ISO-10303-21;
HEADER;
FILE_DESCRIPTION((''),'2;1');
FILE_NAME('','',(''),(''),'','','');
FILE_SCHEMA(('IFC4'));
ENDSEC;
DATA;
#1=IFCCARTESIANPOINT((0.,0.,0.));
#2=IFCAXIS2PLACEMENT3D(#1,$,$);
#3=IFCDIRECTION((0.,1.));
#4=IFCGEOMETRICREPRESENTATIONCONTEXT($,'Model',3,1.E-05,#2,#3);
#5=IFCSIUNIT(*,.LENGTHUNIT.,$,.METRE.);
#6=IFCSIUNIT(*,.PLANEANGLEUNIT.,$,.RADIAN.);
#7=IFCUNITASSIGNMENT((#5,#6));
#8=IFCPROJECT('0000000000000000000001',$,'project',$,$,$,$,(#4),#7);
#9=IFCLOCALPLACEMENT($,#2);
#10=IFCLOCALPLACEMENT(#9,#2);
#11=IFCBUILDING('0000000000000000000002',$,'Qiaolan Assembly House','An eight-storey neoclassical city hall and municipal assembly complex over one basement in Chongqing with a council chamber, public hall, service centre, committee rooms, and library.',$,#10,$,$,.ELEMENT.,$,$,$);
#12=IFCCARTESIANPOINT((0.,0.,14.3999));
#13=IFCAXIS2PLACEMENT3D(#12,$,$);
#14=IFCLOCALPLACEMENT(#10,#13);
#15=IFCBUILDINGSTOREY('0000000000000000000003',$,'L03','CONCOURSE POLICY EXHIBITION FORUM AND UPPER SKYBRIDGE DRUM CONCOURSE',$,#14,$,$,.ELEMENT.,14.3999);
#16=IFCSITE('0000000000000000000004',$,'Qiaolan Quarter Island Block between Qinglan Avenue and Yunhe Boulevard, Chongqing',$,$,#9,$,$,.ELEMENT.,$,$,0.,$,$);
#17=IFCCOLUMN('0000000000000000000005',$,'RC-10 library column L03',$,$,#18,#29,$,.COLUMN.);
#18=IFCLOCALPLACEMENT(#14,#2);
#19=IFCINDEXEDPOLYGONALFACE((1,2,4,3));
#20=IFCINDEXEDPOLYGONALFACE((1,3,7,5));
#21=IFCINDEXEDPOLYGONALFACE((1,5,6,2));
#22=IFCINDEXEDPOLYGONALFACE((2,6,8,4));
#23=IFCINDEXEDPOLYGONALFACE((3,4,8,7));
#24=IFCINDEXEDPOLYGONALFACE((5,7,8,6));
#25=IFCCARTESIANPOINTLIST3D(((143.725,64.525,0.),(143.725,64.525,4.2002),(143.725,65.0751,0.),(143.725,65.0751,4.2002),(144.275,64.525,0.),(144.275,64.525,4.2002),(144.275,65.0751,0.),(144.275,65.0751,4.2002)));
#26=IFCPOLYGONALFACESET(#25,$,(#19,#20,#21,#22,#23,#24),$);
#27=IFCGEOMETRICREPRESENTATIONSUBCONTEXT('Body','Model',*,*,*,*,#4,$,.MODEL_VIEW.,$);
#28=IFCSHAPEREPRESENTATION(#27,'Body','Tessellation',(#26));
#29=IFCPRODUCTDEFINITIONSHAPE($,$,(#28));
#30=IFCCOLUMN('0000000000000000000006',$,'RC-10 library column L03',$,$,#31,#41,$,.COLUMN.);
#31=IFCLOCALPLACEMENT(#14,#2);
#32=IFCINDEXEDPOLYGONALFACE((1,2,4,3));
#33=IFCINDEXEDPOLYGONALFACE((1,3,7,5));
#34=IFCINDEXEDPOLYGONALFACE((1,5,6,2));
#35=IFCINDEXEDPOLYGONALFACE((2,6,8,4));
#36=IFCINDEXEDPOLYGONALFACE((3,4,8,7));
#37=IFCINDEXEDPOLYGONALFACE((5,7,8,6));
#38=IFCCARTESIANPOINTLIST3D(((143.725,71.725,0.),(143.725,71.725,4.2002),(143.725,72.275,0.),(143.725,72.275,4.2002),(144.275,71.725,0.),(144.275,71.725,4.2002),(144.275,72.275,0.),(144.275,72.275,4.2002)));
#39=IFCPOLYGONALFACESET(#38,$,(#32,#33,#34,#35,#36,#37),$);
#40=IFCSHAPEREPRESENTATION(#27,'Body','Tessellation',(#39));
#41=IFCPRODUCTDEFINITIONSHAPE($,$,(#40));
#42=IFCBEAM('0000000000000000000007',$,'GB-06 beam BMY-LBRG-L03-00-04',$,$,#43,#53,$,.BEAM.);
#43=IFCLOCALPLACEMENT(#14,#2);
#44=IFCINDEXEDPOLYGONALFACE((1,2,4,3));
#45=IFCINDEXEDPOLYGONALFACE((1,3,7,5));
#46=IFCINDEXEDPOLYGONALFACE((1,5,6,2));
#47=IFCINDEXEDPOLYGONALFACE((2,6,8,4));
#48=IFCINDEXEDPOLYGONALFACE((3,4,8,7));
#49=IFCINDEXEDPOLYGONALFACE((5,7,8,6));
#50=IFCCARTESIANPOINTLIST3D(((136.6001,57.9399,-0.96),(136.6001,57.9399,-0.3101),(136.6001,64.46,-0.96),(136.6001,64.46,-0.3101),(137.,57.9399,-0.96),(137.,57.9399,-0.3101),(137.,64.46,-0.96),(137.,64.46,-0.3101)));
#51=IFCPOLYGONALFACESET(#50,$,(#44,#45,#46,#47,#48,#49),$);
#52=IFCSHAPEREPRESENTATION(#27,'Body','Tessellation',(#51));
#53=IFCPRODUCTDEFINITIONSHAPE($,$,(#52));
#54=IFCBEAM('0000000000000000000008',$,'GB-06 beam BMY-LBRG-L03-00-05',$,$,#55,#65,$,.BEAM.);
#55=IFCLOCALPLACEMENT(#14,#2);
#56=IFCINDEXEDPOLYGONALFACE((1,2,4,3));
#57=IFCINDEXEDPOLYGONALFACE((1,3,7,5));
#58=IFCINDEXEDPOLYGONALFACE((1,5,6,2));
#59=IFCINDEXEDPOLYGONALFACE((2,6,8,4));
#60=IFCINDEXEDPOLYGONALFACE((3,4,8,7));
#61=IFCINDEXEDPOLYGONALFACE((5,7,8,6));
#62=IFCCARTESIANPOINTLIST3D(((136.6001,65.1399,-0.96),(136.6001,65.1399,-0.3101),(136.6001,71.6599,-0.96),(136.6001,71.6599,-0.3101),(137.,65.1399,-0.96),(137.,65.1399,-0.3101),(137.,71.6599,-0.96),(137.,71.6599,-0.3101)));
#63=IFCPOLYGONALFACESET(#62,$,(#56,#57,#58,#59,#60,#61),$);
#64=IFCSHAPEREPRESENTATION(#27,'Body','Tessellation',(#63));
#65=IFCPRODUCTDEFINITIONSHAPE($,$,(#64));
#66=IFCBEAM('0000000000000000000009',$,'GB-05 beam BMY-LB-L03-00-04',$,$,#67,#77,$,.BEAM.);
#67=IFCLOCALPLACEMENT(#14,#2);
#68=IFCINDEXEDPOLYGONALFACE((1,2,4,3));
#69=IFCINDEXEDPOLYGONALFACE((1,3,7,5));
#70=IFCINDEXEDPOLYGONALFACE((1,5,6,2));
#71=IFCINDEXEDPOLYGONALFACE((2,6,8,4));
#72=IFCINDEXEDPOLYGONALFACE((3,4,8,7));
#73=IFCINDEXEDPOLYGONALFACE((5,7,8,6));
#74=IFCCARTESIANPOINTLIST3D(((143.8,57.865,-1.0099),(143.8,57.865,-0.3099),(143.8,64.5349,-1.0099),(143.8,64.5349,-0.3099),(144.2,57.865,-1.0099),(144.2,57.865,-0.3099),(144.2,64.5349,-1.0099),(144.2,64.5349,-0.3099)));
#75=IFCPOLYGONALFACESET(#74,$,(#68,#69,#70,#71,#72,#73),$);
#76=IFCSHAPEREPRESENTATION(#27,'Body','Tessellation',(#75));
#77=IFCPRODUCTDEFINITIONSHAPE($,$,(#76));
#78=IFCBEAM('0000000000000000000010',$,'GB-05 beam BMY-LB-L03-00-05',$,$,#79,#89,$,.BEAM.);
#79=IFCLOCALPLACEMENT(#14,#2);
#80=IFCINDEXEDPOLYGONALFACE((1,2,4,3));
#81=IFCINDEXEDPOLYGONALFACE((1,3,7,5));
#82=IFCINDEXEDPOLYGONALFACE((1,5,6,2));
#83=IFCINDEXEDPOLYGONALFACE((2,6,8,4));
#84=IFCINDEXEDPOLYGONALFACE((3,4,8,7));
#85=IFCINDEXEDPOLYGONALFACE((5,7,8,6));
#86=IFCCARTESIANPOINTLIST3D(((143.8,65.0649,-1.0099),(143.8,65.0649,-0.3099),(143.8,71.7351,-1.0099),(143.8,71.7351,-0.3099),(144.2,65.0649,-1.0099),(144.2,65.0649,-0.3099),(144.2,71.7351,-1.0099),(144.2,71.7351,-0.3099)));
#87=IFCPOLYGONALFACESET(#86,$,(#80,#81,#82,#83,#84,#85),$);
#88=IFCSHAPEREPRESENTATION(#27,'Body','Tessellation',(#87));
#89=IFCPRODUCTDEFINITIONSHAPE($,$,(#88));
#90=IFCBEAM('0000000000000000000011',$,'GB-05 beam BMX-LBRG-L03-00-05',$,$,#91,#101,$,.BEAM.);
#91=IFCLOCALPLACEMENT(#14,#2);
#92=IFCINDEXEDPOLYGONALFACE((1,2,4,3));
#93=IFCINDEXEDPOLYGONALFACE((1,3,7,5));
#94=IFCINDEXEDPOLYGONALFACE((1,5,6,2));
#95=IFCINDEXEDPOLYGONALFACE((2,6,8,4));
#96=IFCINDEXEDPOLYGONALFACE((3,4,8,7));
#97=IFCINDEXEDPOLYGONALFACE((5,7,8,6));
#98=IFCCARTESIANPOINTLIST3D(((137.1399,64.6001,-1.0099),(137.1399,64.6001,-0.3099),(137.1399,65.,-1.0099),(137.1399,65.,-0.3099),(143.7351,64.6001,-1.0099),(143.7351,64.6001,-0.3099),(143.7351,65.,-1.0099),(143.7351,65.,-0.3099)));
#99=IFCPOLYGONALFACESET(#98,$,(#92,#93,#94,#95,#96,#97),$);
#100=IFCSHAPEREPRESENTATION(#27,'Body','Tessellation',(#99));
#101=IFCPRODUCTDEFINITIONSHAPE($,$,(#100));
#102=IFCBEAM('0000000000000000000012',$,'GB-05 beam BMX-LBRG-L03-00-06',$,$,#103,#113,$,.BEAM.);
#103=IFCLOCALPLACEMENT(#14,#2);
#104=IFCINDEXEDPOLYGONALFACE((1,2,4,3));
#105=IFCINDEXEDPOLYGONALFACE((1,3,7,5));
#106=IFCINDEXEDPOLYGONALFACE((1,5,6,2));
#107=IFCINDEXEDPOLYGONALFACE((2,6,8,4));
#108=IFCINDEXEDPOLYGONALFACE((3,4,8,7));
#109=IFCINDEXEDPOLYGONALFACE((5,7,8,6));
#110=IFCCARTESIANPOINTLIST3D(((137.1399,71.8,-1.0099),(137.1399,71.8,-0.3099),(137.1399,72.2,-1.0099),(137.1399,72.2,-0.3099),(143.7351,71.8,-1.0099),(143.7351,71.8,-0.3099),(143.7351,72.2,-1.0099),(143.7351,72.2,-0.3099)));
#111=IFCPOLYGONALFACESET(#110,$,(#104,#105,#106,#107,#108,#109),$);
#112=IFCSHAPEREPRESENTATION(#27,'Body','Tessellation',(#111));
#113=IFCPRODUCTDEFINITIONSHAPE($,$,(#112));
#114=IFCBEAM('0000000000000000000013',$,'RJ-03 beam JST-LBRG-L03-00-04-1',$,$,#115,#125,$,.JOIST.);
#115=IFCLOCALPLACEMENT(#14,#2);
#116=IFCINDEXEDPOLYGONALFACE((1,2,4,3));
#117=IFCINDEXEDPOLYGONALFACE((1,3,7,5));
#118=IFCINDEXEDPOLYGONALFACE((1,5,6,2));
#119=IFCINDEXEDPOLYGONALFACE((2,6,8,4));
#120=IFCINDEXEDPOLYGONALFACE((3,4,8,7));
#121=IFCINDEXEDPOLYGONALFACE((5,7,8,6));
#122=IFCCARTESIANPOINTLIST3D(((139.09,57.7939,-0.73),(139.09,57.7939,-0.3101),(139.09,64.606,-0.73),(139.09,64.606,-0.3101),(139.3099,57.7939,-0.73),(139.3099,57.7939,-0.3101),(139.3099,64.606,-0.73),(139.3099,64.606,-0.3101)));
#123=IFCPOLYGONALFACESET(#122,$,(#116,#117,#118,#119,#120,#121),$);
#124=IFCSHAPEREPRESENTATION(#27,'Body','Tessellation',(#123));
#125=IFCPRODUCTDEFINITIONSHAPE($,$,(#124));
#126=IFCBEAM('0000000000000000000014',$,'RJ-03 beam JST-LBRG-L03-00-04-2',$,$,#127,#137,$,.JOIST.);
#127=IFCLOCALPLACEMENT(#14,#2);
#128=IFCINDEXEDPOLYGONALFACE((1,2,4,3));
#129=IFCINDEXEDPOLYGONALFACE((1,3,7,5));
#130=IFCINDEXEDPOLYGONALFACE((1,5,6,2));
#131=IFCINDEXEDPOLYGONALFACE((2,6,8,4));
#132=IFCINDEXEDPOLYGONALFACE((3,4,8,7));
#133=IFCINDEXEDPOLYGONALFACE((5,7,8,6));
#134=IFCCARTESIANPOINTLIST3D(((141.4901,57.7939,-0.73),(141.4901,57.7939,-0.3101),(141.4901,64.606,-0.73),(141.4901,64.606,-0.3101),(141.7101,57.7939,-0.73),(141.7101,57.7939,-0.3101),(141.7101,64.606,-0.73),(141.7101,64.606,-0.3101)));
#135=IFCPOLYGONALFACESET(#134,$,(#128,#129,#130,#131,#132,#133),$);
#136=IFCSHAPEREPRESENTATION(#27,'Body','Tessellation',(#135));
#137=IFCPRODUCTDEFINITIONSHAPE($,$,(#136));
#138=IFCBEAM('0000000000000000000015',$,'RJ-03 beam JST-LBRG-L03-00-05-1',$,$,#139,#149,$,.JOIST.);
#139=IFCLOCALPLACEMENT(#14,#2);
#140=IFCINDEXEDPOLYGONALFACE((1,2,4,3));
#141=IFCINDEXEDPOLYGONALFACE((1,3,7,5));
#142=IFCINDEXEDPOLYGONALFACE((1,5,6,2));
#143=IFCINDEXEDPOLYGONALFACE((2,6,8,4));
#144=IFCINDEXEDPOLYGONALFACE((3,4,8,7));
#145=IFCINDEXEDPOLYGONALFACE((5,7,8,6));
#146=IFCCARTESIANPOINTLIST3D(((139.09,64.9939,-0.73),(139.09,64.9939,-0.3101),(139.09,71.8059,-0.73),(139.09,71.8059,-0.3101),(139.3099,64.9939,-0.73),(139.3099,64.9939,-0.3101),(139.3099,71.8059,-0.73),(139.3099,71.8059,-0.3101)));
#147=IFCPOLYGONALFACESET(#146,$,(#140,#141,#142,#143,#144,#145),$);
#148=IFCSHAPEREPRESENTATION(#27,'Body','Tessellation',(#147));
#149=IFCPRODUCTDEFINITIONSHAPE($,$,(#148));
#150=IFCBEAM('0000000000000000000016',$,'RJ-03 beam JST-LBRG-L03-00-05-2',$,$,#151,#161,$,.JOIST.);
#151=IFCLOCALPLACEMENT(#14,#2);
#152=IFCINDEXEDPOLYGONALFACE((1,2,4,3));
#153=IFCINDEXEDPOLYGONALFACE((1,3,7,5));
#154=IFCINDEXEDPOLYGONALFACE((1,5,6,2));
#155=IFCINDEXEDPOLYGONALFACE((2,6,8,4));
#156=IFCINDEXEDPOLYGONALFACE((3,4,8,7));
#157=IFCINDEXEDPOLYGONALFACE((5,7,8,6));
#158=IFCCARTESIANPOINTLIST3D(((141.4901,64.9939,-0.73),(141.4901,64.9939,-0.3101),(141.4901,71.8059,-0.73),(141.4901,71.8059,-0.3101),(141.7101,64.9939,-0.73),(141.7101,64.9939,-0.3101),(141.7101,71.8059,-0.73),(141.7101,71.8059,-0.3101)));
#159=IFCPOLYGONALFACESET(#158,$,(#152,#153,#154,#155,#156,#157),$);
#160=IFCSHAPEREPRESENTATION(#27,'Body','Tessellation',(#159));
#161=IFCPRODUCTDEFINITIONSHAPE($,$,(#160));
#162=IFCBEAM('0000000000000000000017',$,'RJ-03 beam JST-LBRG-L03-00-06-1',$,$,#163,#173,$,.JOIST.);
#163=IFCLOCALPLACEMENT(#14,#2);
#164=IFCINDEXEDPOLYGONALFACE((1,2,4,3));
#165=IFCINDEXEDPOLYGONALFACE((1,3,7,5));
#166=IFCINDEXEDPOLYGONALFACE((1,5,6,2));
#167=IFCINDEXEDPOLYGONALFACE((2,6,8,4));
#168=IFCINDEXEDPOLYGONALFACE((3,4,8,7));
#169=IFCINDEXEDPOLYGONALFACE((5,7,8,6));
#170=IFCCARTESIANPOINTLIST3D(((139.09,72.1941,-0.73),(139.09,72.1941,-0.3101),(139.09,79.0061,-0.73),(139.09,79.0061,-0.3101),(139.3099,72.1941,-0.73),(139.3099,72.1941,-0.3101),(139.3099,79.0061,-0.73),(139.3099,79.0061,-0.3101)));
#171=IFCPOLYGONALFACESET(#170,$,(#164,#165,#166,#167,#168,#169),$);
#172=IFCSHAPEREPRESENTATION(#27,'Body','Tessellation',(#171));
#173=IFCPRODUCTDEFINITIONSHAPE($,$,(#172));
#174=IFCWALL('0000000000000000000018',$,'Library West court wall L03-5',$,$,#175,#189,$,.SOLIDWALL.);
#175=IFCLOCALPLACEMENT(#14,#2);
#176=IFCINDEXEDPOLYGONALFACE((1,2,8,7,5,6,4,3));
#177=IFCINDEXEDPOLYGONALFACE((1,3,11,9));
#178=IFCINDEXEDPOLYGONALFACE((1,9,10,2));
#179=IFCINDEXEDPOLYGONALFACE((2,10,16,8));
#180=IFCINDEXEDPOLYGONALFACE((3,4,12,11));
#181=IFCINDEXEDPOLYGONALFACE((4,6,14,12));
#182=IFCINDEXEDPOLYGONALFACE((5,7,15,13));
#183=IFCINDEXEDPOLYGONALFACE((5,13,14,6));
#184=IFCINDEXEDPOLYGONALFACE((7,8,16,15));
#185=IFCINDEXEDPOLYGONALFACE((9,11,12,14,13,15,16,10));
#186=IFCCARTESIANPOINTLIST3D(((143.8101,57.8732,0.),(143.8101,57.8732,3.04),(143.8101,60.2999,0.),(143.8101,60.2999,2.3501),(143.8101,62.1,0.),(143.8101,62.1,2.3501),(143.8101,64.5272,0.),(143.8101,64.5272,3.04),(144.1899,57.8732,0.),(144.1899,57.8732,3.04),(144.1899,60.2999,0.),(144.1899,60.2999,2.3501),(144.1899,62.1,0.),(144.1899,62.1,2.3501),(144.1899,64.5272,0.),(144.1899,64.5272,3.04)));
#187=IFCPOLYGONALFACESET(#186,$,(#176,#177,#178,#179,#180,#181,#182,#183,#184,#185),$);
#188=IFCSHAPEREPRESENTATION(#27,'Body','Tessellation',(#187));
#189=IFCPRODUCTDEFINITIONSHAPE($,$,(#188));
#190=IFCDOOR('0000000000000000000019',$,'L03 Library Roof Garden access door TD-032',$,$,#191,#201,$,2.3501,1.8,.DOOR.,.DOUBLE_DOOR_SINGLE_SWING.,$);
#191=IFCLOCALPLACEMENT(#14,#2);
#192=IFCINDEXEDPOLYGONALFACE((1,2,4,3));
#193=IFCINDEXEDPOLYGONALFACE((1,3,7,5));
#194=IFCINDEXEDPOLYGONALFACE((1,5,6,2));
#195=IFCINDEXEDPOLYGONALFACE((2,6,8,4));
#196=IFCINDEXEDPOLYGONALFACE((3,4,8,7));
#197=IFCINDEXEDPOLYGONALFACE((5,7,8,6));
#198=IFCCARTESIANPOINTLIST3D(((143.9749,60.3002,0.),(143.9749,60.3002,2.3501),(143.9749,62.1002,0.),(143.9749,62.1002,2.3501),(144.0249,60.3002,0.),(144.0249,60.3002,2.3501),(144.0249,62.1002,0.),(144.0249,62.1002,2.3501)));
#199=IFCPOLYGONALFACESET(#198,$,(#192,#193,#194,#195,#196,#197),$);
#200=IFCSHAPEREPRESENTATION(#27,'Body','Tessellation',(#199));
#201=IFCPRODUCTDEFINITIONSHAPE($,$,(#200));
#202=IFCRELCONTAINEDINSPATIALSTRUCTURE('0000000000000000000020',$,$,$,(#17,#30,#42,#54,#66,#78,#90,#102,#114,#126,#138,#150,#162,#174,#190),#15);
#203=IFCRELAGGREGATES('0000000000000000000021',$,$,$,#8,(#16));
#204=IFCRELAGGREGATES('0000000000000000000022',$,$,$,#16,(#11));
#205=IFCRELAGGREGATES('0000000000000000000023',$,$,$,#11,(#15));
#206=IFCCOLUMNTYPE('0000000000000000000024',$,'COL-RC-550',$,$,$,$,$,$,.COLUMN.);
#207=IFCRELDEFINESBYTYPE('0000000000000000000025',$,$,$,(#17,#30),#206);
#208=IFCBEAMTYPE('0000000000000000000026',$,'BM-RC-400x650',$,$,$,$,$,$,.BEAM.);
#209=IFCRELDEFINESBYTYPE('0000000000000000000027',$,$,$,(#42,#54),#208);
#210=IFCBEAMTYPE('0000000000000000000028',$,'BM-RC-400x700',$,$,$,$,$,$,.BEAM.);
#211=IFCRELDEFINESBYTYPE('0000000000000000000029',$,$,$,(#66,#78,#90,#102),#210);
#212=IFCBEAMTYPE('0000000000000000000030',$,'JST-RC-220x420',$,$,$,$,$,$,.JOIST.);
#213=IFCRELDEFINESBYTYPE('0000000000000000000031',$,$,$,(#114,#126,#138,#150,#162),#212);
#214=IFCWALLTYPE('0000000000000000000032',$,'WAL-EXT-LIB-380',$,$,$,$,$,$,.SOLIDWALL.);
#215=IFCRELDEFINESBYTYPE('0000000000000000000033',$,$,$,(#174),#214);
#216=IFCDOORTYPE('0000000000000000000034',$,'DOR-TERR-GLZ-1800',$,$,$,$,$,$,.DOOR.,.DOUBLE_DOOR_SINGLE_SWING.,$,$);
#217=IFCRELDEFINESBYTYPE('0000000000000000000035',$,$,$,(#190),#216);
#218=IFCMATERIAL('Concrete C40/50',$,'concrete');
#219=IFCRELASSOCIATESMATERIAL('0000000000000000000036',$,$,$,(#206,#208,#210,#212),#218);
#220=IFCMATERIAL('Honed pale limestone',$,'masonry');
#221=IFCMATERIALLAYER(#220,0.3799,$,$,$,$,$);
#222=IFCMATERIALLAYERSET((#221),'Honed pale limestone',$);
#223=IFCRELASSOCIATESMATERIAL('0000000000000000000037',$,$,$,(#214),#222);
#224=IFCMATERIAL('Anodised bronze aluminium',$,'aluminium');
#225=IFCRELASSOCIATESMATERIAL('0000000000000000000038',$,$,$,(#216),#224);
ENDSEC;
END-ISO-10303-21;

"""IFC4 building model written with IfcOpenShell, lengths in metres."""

from ifc_helpers import new_model, si_unit, direction, frame, frame_2d, origin, origin_2d, place, context, subcontext, project, spatial, rectangle, extrude, material, layer, layer_set, material_profile, profile_set, type_object, element, fill, save


model = new_model("IFC4")

# Units and contexts
model_context = context("Model", 3, precision=1e-05, world=origin(), true_north=direction((0.0, 1.0)))
body_context = subcontext(model_context, "Body", "Model", "MODEL_VIEW")
ifc_project = project(units=[si_unit("LENGTHUNIT", "METRE"), si_unit("PLANEANGLEUNIT", "RADIAN")], contexts=[model_context])

# Site, building, storey
site_placement = place(None, origin())
site = spatial("IfcSite", under=ifc_project, at=site_placement, Name="Qiaolan Quarter Island Block between Qinglan Avenue and Yunhe Boulevard, Chongqing", CompositionType="ELEMENT", RefElevation=0.0)
building_placement = place(site_placement, origin())
building = spatial("IfcBuilding", under=site, at=building_placement, Name="Qiaolan Assembly House", Description="An eight-storey neoclassical city hall and municipal assembly complex over one basement in Chongqing with a council chamber, public hall, service centre, committee rooms, and library.", CompositionType="ELEMENT")
storey_placement = place(building_placement, frame((0.0, 0.0, 14.3999)))
storey = spatial("IfcBuildingStorey", under=building, at=storey_placement, Name="L03", Description="CONCOURSE POLICY EXHIBITION FORUM AND UPPER SKYBRIDGE DRUM CONCOURSE", CompositionType="ELEMENT", Elevation=14.3999)

# Columns
ifc_material_1 = material(Name="Concrete C40/50", Category="concrete")
ifc_material_profile_1 = material_profile(ifc_material_1, rectangle(XDim=0.55, YDim=0.55, at=origin_2d()), Name="RC 550x550")
ifc_profile_set_1 = profile_set([ifc_material_profile_1], Name="Concrete C40/50")
column_type = type_object("IfcColumnType", Name="COL-RC-550", PredefinedType="COLUMN", material=ifc_profile_set_1)
for number, where, z_axis, x_axis, name in (
    (1, (144.0, 64.8, 0.0), (0.0, 0.0, 1.0), (1.0, 0.0, 0.0), "RC-10 library column L03"),
    (2, (144.0, 72.0, 0.0), (0.0, 0.0, 1.0), (1.0, 0.0, 0.0), "RC-10 library column L03"),
):
    element("IfcColumn", number, at=place(storey_placement, frame(where, z_axis=z_axis, x_axis=x_axis)), inside=storey, type_object=column_type, Name=name, PredefinedType="COLUMN", context=body_context, shape_type="SweptSolid", body=[
        extrude(rectangle(XDim=0.55, YDim=0.55, at=origin_2d()), origin(), (0.0, 0.0, 1.0), 4.2002),
    ])

# Beams
ifc_material_profile_2 = material_profile(ifc_material_1, rectangle(XDim=0.3999, YDim=0.6499, at=origin_2d()), Name="RCB 400x650")
ifc_profile_set_2 = profile_set([ifc_material_profile_2], Name="Concrete C40/50")
beam_type_1 = type_object("IfcBeamType", Name="BM-RC-400x650", PredefinedType="BEAM", material=ifc_profile_set_2)
for number, where, z_axis, x_axis, name in (
    (3, (136.8, 57.9399, -0.635), (0.0, 1.0, 0.0), (-1.0, 0.0, 0.0), "GB-06 beam BMY-LBRG-L03-00-04"),
    (4, (136.8, 65.1399, -0.635), (0.0, 1.0, 0.0), (-1.0, 0.0, 0.0), "GB-06 beam BMY-LBRG-L03-00-05"),
):
    element("IfcBeam", number, at=place(storey_placement, frame(where, z_axis=z_axis, x_axis=x_axis)), inside=storey, type_object=beam_type_1, Name=name, PredefinedType="BEAM", context=body_context, shape_type="SweptSolid", body=[
        extrude(rectangle(XDim=0.3999, YDim=0.6499, at=origin_2d()), origin(), (0.0, 0.0, 1.0), 6.52),
    ])
ifc_material_profile_3 = material_profile(ifc_material_1, rectangle(XDim=0.3999, YDim=0.7, at=origin_2d()), Name="RCB 400x700")
ifc_profile_set_3 = profile_set([ifc_material_profile_3], Name="Concrete C40/50")
beam_type_2 = type_object("IfcBeamType", Name="BM-RC-400x700", PredefinedType="BEAM", material=ifc_profile_set_3)
beam_1_placement = place(storey_placement, frame((144.0, 57.865, -0.6599), z_axis=(0.0, 1.0, 0.0), x_axis=(-1.0, 0.0, 0.0)))
element("IfcBeam", 5, at=beam_1_placement, inside=storey, type_object=beam_type_2, Name="GB-05 beam BMY-LB-L03-00-04", PredefinedType="BEAM", context=body_context, shape_type="SweptSolid", body=[
    extrude(rectangle(XDim=0.3999, YDim=0.7, at=origin_2d()), origin(), (0.0, 0.0, 1.0), 6.6699),
])
beam_2_placement = place(storey_placement, frame((144.0, 65.0649, -0.6599), z_axis=(0.0, 1.0, 0.0), x_axis=(-1.0, 0.0, 0.0)))
element("IfcBeam", 6, at=beam_2_placement, inside=storey, type_object=beam_type_2, Name="GB-05 beam BMY-LB-L03-00-05", PredefinedType="BEAM", context=body_context, shape_type="SweptSolid", body=[
    extrude(rectangle(XDim=0.3999, YDim=0.7, at=origin_2d()), origin(), (0.0, 0.0, 1.0), 6.6702),
])
for number, where, z_axis, x_axis, name in (
    (7, (137.1399, 64.8, -0.6599), (1.0, 0.0, 0.0), (0.0, 1.0, 0.0), "GB-05 beam BMX-LBRG-L03-00-05"),
    (8, (137.1399, 72.0, -0.6599), (1.0, 0.0, 0.0), (0.0, 1.0, 0.0), "GB-05 beam BMX-LBRG-L03-00-06"),
):
    element("IfcBeam", number, at=place(storey_placement, frame(where, z_axis=z_axis, x_axis=x_axis)), inside=storey, type_object=beam_type_2, Name=name, PredefinedType="BEAM", context=body_context, shape_type="SweptSolid", body=[
        extrude(rectangle(XDim=0.3999, YDim=0.7, at=origin_2d()), origin(), (0.0, 0.0, 1.0), 6.5952),
    ])
ifc_material_profile_4 = material_profile(ifc_material_1, rectangle(XDim=0.22, YDim=0.4199, at=origin_2d()), Name="RCB 220x420")
ifc_profile_set_4 = profile_set([ifc_material_profile_4], Name="Concrete C40/50")
beam_type_3 = type_object("IfcBeamType", Name="JST-RC-220x420", PredefinedType="JOIST", material=ifc_profile_set_4)
for number, where, z_axis, x_axis, name in (
    (9, (139.2, 57.7939, -0.52), (0.0, 1.0, 0.0), (-1.0, 0.0, 0.0), "RJ-03 beam JST-LBRG-L03-00-04-1"),
    (10, (141.6001, 57.7939, -0.52), (0.0, 1.0, 0.0), (-1.0, 0.0, 0.0), "RJ-03 beam JST-LBRG-L03-00-04-2"),
    (11, (139.2, 64.9939, -0.52), (0.0, 1.0, 0.0), (-1.0, 0.0, 0.0), "RJ-03 beam JST-LBRG-L03-00-05-1"),
    (12, (141.6001, 64.9939, -0.52), (0.0, 1.0, 0.0), (-1.0, 0.0, 0.0), "RJ-03 beam JST-LBRG-L03-00-05-2"),
    (13, (139.2, 72.1941, -0.52), (0.0, 1.0, 0.0), (-1.0, 0.0, 0.0), "RJ-03 beam JST-LBRG-L03-00-06-1"),
):
    element("IfcBeam", number, at=place(storey_placement, frame(where, z_axis=z_axis, x_axis=x_axis)), inside=storey, type_object=beam_type_3, Name=name, PredefinedType="JOIST", context=body_context, shape_type="SweptSolid", body=[
        extrude(rectangle(XDim=0.22, YDim=0.4199, at=origin_2d()), origin(), (0.0, 0.0, 1.0), 6.812),
    ])

# Wall, opening, door
ifc_material_2 = material(Name="Honed pale limestone", Category="masonry")
ifc_layer = layer(ifc_material_2, 0.3799)
ifc_layer_set = layer_set([ifc_layer], Name="Honed pale limestone")
wall_type = type_object("IfcWallType", Name="WAL-EXT-LIB-380", PredefinedType="SOLIDWALL", material=ifc_layer_set)
wall_1_placement = place(storey_placement, frame((144.0, 57.873, 0.0), z_axis=(0.0, 0.0, 1.0), x_axis=(0.0, 1.0, 0.0)))
wall_1 = element("IfcWall", 14, at=wall_1_placement, inside=storey, type_object=wall_type, Name="Library West court wall L03-5", PredefinedType="SOLIDWALL", context=body_context, shape_type="SweptSolid", body=[
    extrude(rectangle(XDim=6.6541, YDim=0.3799, at=frame_2d((3.3271, 0.0))), origin(), (0.0, 0.0, 1.0), 3.04),
])
opening_1_placement = place(wall_1_placement, frame((2.427, 0.0, 0.0)))
opening_1 = element("IfcOpeningElement", 15, at=opening_1_placement, cuts=wall_1, PredefinedType="OPENING", context=body_context, shape_type="SweptSolid", body=[
    extrude(rectangle(XDim=1.8, YDim=2.3501, at=frame_2d((0.8999, 1.175))), frame((0.0, 0.2, 0.0), z_axis=(0.0, -1.0, 0.0), x_axis=(1.0, 0.0, 0.0)), (0.0, 0.0, 1.0), 0.3999),
])
ifc_material_3 = material(Name="Anodised bronze aluminium", Category="aluminium")
door_type = type_object("IfcDoorType", Name="DOR-TERR-GLZ-1800", OperationType="DOUBLE_DOOR_SINGLE_SWING", PredefinedType="DOOR", material=ifc_material_3)
door_placement = place(opening_1_placement, frame((1.8, 0.0, 0.0), z_axis=(0.0, 0.0, 1.0), x_axis=(-1.0, 0.0, 0.0)))
door = element("IfcDoor", 16, at=door_placement, inside=storey, type_object=door_type, Name="L03 Library Roof Garden access door TD-032", OperationType="DOUBLE_DOOR_SINGLE_SWING", OverallHeight=2.3501, OverallWidth=1.8, PredefinedType="DOOR", context=body_context, shape_type="SweptSolid", body=[
    extrude(rectangle(XDim=1.8, YDim=2.3501, at=frame_2d((0.8999, 1.175))), frame((0.0, 0.0249, 0.0), z_axis=(0.0, -1.0, 0.0), x_axis=(1.0, 0.0, 0.0)), (0.0, 0.0, 1.0), 0.05),
])
fill(opening_1, door)

save(model, "model.ifc")
